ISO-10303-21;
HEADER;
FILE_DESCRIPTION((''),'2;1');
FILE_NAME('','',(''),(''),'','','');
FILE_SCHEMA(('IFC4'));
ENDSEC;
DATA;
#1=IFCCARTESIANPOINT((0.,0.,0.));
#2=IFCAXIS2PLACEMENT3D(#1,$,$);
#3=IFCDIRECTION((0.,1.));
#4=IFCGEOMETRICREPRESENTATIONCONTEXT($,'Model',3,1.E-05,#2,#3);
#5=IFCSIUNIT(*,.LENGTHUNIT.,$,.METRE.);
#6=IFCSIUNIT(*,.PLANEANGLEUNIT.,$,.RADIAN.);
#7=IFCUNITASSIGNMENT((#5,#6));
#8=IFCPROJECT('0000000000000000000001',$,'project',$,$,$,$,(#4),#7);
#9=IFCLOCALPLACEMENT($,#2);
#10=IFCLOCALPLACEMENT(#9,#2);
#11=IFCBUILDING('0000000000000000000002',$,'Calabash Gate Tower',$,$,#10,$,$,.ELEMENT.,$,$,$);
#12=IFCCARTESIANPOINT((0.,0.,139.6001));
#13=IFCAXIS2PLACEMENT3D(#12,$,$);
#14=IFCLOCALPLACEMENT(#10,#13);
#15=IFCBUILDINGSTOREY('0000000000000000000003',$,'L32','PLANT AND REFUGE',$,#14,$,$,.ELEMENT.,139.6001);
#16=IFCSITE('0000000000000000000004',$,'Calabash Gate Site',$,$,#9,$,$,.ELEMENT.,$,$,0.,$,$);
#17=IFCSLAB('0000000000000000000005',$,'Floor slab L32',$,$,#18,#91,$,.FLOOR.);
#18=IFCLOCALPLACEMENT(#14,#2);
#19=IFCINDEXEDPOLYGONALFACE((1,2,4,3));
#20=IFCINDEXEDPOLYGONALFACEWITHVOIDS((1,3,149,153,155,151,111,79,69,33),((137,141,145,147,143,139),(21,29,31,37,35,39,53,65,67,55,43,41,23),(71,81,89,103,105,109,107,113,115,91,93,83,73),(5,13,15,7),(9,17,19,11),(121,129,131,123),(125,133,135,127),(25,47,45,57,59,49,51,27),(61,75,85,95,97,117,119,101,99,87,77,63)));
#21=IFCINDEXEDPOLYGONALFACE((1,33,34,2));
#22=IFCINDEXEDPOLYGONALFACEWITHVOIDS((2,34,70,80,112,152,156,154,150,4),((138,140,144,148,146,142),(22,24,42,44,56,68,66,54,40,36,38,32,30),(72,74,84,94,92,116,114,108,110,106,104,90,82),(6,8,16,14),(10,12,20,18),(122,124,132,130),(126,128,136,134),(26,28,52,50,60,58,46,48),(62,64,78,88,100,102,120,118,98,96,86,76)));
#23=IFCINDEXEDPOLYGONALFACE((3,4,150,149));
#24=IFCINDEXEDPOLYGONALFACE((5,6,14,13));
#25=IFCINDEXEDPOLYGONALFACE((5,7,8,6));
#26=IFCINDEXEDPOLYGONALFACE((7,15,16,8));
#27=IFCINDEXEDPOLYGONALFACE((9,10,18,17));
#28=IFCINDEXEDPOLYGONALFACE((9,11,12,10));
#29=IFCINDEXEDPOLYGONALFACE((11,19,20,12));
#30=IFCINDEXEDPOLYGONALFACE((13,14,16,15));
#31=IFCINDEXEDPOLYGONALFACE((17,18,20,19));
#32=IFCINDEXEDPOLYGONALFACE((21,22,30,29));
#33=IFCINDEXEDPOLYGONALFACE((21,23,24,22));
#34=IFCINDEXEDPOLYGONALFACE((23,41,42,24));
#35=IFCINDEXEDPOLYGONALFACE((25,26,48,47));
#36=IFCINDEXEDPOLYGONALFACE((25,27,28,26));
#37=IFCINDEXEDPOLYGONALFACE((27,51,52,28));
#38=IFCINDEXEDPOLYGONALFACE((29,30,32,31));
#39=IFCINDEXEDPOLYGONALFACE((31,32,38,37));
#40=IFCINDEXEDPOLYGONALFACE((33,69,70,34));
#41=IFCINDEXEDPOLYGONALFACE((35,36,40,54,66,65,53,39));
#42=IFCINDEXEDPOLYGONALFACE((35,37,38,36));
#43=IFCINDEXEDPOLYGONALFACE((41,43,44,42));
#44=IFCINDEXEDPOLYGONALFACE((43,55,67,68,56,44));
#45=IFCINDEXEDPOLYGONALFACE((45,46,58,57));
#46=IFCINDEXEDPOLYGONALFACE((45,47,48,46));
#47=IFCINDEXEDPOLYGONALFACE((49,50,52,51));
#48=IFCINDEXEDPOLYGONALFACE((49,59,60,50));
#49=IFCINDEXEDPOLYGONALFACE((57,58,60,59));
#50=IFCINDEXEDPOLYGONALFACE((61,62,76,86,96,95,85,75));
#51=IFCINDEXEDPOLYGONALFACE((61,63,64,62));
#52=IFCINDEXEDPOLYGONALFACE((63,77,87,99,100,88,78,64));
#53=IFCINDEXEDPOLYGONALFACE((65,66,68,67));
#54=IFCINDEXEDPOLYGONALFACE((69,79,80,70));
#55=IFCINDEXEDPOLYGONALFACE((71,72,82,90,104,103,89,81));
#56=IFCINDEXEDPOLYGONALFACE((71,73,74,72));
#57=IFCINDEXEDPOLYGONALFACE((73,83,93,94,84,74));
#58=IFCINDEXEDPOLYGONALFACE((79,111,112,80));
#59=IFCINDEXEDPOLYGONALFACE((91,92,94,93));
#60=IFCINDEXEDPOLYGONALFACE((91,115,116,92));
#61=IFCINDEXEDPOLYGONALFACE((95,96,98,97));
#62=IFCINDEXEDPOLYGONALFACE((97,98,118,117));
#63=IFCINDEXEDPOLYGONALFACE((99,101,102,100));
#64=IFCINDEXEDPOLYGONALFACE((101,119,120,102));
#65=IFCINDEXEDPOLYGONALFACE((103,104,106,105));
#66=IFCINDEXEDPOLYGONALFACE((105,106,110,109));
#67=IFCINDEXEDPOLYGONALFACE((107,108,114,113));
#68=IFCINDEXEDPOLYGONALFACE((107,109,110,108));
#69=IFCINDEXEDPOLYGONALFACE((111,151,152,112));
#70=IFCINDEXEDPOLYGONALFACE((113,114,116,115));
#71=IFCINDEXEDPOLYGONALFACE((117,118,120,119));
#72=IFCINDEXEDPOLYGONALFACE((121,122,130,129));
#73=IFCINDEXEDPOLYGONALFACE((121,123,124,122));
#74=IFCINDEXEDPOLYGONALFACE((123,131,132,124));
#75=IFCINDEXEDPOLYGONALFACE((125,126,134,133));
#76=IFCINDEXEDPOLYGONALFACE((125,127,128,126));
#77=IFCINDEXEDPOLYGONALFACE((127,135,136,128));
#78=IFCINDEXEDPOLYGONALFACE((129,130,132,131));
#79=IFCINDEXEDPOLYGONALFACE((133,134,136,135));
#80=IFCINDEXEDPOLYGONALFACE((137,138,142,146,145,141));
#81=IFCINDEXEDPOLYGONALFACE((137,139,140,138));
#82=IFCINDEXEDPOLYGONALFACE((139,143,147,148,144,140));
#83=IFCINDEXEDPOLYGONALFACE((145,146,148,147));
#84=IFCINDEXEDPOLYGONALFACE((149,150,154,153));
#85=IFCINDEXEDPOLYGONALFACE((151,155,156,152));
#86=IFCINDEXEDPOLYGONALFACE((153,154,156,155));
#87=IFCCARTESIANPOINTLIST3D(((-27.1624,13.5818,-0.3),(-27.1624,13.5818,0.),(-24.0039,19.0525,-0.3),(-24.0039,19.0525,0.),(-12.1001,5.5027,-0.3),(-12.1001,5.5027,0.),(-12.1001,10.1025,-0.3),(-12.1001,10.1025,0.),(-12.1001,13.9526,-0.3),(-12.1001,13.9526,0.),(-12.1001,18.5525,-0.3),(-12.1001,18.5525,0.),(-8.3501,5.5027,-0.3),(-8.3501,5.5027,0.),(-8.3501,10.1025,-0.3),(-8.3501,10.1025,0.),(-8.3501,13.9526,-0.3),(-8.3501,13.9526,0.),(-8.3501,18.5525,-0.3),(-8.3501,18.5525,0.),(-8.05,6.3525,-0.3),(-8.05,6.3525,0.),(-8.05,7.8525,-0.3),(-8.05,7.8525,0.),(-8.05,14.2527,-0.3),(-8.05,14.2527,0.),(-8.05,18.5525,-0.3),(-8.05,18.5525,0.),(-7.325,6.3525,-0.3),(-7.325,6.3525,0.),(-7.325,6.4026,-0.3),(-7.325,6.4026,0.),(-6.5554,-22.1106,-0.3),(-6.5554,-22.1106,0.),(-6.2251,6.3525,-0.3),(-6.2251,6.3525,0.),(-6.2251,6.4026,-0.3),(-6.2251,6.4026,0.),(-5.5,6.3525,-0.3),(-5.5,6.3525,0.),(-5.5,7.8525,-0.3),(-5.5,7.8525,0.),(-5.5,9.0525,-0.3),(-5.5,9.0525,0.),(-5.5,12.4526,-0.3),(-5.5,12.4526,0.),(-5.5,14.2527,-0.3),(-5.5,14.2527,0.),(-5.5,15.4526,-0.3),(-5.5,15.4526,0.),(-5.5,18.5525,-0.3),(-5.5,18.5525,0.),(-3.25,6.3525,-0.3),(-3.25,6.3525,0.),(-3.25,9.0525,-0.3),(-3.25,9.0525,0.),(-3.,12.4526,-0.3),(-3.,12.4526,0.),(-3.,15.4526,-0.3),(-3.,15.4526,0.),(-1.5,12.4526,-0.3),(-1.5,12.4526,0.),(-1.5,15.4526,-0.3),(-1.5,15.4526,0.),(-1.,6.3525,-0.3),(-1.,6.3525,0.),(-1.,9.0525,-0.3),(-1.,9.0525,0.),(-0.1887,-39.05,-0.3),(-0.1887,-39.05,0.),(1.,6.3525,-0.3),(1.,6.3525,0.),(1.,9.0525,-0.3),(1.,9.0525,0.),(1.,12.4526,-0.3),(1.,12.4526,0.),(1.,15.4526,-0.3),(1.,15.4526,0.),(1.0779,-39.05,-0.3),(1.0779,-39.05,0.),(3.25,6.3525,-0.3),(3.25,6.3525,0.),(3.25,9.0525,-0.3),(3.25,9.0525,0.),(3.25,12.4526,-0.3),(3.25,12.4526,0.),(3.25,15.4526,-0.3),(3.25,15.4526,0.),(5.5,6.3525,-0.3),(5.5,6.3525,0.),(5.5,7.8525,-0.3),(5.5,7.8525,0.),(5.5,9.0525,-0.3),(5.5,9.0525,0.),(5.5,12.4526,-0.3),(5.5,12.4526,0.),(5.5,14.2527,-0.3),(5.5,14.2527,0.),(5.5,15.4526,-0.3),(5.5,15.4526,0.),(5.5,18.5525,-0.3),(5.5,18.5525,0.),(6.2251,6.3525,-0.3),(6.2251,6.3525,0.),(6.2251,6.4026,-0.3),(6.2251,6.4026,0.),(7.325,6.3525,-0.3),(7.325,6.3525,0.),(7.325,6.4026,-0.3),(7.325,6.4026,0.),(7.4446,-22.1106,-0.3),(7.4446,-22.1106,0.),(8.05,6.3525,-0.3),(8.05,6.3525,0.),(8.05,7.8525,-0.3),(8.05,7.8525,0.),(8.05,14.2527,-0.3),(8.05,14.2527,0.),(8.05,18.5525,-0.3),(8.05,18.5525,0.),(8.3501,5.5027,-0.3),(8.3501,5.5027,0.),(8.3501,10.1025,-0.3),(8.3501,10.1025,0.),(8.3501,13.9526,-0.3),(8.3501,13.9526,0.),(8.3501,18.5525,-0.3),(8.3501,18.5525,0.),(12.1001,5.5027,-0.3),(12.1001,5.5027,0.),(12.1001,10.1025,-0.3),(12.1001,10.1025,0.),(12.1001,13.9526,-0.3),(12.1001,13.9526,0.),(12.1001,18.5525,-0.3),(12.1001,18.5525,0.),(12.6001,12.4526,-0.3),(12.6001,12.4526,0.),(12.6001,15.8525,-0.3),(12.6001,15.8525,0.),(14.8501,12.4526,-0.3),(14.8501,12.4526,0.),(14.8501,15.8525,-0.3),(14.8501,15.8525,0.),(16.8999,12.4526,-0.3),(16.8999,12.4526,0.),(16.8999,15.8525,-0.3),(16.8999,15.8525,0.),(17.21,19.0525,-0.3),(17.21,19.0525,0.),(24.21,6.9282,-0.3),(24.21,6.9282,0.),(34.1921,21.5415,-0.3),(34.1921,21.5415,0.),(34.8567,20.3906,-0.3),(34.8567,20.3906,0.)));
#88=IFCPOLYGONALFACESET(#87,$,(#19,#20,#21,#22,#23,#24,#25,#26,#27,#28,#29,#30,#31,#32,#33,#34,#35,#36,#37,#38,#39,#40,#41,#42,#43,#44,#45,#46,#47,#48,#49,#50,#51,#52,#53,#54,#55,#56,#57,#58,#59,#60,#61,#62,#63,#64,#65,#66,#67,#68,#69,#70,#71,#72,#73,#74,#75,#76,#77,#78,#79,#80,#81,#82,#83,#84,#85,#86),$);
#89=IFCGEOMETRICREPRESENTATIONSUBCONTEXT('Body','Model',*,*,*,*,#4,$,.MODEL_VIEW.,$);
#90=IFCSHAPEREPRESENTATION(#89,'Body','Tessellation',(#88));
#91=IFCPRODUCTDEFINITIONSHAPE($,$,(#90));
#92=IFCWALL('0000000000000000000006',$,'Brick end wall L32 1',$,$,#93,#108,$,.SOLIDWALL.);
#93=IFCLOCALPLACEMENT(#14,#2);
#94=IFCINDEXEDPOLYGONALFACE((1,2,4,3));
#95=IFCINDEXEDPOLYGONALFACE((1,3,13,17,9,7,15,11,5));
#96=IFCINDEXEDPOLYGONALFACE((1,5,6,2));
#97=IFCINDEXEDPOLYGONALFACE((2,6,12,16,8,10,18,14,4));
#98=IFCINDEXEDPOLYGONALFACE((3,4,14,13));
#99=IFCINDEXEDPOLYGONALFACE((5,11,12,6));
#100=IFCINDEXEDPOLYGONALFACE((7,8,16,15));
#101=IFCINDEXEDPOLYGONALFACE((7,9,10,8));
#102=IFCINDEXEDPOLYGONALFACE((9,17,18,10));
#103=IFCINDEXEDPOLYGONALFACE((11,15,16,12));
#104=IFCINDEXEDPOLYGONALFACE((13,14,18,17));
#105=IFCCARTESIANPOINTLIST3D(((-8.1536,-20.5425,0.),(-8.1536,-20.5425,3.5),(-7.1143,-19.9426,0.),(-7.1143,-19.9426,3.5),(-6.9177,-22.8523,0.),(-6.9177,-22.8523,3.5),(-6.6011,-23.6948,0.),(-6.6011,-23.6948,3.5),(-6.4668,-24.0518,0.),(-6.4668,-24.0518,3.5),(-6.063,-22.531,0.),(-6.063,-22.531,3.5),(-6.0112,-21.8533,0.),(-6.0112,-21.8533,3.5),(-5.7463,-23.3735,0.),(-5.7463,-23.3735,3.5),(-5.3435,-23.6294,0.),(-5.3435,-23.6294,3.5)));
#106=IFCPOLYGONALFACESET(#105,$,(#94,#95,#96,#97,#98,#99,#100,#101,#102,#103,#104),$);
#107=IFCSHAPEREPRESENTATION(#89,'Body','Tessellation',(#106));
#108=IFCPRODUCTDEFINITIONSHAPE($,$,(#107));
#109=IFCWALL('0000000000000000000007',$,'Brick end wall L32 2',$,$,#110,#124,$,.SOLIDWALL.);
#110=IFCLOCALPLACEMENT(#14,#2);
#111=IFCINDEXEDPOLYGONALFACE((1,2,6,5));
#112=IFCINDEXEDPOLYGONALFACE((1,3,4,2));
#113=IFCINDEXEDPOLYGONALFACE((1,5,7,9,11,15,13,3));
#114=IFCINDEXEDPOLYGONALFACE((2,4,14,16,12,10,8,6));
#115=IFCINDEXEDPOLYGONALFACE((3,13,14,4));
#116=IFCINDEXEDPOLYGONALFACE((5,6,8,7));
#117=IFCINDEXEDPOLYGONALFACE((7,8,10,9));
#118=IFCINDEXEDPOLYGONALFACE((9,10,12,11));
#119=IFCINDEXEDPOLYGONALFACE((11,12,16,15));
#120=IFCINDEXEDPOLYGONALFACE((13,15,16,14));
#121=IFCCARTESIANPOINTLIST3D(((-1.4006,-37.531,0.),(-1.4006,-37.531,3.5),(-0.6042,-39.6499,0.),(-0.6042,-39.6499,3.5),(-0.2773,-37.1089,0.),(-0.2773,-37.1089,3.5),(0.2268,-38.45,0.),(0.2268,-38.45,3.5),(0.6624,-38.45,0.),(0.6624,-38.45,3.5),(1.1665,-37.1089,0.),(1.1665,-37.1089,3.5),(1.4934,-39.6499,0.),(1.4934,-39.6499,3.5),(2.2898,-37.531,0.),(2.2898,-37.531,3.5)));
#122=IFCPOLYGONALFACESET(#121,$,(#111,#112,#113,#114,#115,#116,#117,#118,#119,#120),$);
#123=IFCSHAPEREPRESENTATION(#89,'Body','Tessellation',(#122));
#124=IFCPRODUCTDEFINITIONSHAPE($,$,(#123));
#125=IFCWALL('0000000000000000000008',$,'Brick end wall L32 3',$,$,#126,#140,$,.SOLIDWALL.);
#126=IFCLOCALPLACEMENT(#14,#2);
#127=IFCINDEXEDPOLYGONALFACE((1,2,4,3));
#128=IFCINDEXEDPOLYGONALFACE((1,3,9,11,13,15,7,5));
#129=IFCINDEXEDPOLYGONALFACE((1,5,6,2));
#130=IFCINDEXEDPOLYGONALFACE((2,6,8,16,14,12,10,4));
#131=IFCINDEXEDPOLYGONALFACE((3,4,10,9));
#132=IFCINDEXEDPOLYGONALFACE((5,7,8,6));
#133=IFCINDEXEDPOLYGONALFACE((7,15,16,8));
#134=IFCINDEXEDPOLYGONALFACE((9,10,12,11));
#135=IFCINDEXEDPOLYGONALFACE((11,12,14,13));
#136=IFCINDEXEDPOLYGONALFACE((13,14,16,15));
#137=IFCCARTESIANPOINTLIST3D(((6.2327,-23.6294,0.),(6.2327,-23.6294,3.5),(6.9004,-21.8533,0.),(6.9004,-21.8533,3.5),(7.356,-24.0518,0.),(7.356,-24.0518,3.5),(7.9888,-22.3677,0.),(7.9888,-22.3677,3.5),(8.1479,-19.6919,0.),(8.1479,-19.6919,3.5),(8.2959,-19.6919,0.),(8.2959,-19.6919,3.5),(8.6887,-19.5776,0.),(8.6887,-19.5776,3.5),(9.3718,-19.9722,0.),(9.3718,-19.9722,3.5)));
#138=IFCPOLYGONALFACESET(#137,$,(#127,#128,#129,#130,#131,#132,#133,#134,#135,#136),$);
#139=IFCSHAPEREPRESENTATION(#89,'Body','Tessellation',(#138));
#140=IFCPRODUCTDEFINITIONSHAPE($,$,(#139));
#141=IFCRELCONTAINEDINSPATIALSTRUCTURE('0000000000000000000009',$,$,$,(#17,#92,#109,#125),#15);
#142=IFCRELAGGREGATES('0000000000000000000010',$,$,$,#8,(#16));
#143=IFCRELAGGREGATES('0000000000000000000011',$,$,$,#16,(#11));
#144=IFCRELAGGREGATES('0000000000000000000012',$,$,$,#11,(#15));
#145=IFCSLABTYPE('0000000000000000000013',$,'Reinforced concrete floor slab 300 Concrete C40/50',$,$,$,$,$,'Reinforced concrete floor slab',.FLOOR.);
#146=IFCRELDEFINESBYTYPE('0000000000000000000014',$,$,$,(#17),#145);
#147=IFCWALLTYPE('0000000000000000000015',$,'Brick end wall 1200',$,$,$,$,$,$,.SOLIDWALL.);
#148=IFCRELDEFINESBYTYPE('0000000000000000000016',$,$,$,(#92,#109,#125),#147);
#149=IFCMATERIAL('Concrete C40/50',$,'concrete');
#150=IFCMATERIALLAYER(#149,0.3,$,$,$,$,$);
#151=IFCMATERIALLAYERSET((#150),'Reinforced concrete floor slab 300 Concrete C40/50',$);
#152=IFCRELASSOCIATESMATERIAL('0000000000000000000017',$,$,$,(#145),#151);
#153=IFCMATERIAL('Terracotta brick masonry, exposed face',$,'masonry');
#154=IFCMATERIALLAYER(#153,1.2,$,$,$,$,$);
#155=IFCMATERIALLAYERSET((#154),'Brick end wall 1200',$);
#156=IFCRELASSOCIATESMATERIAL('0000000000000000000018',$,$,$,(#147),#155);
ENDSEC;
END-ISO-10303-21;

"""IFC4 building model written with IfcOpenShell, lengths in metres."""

from ifc_helpers import new_model, si_unit, direction, frame, origin, place, context, subcontext, project, spatial, polyline, outline, extrude, material, layer, layer_set, type_object, element, save


model = new_model("IFC4")

# Units and contexts
model_context = context("Model", 3, precision=1e-05, world=origin(), true_north=direction((0.0, 1.0)))
body_context = subcontext(model_context, "Body", "Model", "MODEL_VIEW")
ifc_project = project(units=[si_unit("LENGTHUNIT", "METRE"), si_unit("PLANEANGLEUNIT", "RADIAN")], contexts=[model_context])

# Site, building, storey
site_placement = place(None, origin())
site = spatial("IfcSite", under=ifc_project, at=site_placement, Name="Calabash Gate Site", CompositionType="ELEMENT", RefElevation=0.0)
building_placement = place(site_placement, origin())
building = spatial("IfcBuilding", under=site, at=building_placement, Name="Calabash Gate Tower", CompositionType="ELEMENT")
storey_placement = place(building_placement, frame((0.0, 0.0, 139.6001)))
storey = spatial("IfcBuildingStorey", under=building, at=storey_placement, Name="L32", Description="PLANT AND REFUGE", CompositionType="ELEMENT", Elevation=139.6001)

# Slab
ifc_material_1 = material(Name="Concrete C40/50", Category="concrete")
ifc_layer_1 = layer(ifc_material_1, 0.3)
ifc_layer_set_1 = layer_set([ifc_layer_1], Name="Reinforced concrete floor slab 300 Concrete C40/50")
slab_type = type_object("IfcSlabType", Name="Reinforced concrete floor slab 300 Concrete C40/50", ElementType="Reinforced concrete floor slab", PredefinedType="FLOOR", material=ifc_layer_set_1)
slab_placement = place(storey_placement, frame((0.0, 0.0, -0.3)))
element("IfcSlab", 1, at=slab_placement, inside=storey, type_object=slab_type, Name="Floor slab L32", PredefinedType="FLOOR", context=body_context, shape_type="SweptSolid", body=[
    extrude(outline(polyline([(34.8567, 20.3906), (24.21, 6.9282), (7.4446, -22.1106), (1.0779, -39.05), (-0.1887, -39.05), (-6.5554, -22.1106), (-27.1624, 13.5818), (-24.0039, 19.0525), (17.21, 19.0525), (34.1921, 21.5415), (34.8567, 20.3906)]), holes=[polyline([(-5.5, 9.0525), (-5.5, 7.8525), (-8.05, 7.8525), (-8.05, 6.3525), (-7.325, 6.3525), (-7.325, 6.4026), (-6.2251, 6.4026), (-6.2251, 6.3525), (-5.5, 6.3525), (-3.25, 6.3525), (-1.0, 6.3525), (-1.0, 9.0525), (-3.25, 9.0525), (-5.5, 9.0525)]), polyline([(5.5, 9.0525), (3.25, 9.0525), (1.0, 9.0525), (1.0, 6.3525), (3.25, 6.3525), (5.5, 6.3525), (6.2251, 6.3525), (6.2251, 6.4026), (7.325, 6.4026), (7.325, 6.3525), (8.05, 6.3525), (8.05, 7.8525), (5.5, 7.8525), (5.5, 9.0525)]), polyline([(-3.0, 12.4526), (-3.0, 15.4526), (-5.5, 15.4526), (-5.5, 18.5525), (-8.05, 18.5525), (-8.05, 14.2527), (-5.5, 14.2527), (-5.5, 12.4526), (-3.0, 12.4526)]), polyline([(-1.5, 12.4526), (1.0, 12.4526), (3.25, 12.4526), (5.5, 12.4526), (5.5, 14.2527), (8.05, 14.2527), (8.05, 18.5525), (5.5, 18.5525), (5.5, 15.4526), (3.25, 15.4526), (1.0, 15.4526), (-1.5, 15.4526), (-1.5, 12.4526)]), polyline([(14.8501, 12.4526), (16.8999, 12.4526), (16.8999, 15.8525), (14.8501, 15.8525), (12.6001, 15.8525), (12.6001, 12.4526), (14.8501, 12.4526)]), polyline([(-8.3501, 18.5525), (-12.1001, 18.5525), (-12.1001, 13.9526), (-8.3501, 13.9526), (-8.3501, 18.5525)]), polyline([(-12.1001, 10.1025), (-12.1001, 5.5027), (-8.3501, 5.5027), (-8.3501, 10.1025), (-12.1001, 10.1025)]), polyline([(8.3501, 13.9526), (12.1001, 13.9526), (12.1001, 18.5525), (8.3501, 18.5525), (8.3501, 13.9526)]), polyline([(12.1001, 5.5027), (12.1001, 10.1025), (8.3501, 10.1025), (8.3501, 5.5027), (12.1001, 5.5027)])]), origin(), (0.0, 0.0, 1.0), 0.3),
])

# Walls
ifc_material_2 = material(Name="Terracotta brick masonry, exposed face", Category="masonry")
ifc_layer_2 = layer(ifc_material_2, 1.2)
ifc_layer_set_2 = layer_set([ifc_layer_2], Name="Brick end wall 1200")
wall_type_1 = type_object("IfcWallType", Name="Brick end wall 1200", PredefinedType="SOLIDWALL", material=ifc_layer_set_2)
wall_1_placement = place(storey_placement, origin())
element("IfcWall", 2, at=wall_1_placement, inside=storey, type_object=wall_type_1, Name="Brick end wall L32 1", PredefinedType="SOLIDWALL", context=body_context, shape_type="SweptSolid", body=[
    extrude(outline(polyline([(-7.1143, -19.9426), (-8.1536, -20.5425), (-6.9177, -22.8523), (-6.063, -22.531), (-5.7463, -23.3735), (-6.6011, -23.6948), (-6.4668, -24.0518), (-5.3435, -23.6294), (-6.0112, -21.8533), (-7.1143, -19.9426)])), origin(), (0.0, 0.0, 1.0), 3.5),
])
wall_2_placement = place(storey_placement, origin())
element("IfcWall", 3, at=wall_2_placement, inside=storey, type_object=wall_type_1, Name="Brick end wall L32 2", PredefinedType="SOLIDWALL", context=body_context, shape_type="SweptSolid", body=[
    extrude(outline(polyline([(-0.2773, -37.1089), (-1.4006, -37.531), (-0.6042, -39.6499), (1.4934, -39.6499), (2.2898, -37.531), (1.1665, -37.1089), (0.6624, -38.45), (0.2268, -38.45), (-0.2773, -37.1089)])), origin(), (0.0, 0.0, 1.0), 3.5),
])
wall_3_placement = place(storey_placement, origin())
element("IfcWall", 4, at=wall_3_placement, inside=storey, type_object=wall_type_1, Name="Brick end wall L32 3", PredefinedType="SOLIDWALL", context=body_context, shape_type="SweptSolid", body=[
    extrude(outline(polyline([(6.2327, -23.6294), (7.356, -24.0518), (7.9888, -22.3677), (9.3718, -19.9722), (8.6887, -19.5776), (8.2959, -19.6919), (8.1479, -19.6919), (6.9004, -21.8533), (6.2327, -23.6294)])), origin(), (0.0, 0.0, 1.0), 3.5),
])

save(model, "model.ifc")
